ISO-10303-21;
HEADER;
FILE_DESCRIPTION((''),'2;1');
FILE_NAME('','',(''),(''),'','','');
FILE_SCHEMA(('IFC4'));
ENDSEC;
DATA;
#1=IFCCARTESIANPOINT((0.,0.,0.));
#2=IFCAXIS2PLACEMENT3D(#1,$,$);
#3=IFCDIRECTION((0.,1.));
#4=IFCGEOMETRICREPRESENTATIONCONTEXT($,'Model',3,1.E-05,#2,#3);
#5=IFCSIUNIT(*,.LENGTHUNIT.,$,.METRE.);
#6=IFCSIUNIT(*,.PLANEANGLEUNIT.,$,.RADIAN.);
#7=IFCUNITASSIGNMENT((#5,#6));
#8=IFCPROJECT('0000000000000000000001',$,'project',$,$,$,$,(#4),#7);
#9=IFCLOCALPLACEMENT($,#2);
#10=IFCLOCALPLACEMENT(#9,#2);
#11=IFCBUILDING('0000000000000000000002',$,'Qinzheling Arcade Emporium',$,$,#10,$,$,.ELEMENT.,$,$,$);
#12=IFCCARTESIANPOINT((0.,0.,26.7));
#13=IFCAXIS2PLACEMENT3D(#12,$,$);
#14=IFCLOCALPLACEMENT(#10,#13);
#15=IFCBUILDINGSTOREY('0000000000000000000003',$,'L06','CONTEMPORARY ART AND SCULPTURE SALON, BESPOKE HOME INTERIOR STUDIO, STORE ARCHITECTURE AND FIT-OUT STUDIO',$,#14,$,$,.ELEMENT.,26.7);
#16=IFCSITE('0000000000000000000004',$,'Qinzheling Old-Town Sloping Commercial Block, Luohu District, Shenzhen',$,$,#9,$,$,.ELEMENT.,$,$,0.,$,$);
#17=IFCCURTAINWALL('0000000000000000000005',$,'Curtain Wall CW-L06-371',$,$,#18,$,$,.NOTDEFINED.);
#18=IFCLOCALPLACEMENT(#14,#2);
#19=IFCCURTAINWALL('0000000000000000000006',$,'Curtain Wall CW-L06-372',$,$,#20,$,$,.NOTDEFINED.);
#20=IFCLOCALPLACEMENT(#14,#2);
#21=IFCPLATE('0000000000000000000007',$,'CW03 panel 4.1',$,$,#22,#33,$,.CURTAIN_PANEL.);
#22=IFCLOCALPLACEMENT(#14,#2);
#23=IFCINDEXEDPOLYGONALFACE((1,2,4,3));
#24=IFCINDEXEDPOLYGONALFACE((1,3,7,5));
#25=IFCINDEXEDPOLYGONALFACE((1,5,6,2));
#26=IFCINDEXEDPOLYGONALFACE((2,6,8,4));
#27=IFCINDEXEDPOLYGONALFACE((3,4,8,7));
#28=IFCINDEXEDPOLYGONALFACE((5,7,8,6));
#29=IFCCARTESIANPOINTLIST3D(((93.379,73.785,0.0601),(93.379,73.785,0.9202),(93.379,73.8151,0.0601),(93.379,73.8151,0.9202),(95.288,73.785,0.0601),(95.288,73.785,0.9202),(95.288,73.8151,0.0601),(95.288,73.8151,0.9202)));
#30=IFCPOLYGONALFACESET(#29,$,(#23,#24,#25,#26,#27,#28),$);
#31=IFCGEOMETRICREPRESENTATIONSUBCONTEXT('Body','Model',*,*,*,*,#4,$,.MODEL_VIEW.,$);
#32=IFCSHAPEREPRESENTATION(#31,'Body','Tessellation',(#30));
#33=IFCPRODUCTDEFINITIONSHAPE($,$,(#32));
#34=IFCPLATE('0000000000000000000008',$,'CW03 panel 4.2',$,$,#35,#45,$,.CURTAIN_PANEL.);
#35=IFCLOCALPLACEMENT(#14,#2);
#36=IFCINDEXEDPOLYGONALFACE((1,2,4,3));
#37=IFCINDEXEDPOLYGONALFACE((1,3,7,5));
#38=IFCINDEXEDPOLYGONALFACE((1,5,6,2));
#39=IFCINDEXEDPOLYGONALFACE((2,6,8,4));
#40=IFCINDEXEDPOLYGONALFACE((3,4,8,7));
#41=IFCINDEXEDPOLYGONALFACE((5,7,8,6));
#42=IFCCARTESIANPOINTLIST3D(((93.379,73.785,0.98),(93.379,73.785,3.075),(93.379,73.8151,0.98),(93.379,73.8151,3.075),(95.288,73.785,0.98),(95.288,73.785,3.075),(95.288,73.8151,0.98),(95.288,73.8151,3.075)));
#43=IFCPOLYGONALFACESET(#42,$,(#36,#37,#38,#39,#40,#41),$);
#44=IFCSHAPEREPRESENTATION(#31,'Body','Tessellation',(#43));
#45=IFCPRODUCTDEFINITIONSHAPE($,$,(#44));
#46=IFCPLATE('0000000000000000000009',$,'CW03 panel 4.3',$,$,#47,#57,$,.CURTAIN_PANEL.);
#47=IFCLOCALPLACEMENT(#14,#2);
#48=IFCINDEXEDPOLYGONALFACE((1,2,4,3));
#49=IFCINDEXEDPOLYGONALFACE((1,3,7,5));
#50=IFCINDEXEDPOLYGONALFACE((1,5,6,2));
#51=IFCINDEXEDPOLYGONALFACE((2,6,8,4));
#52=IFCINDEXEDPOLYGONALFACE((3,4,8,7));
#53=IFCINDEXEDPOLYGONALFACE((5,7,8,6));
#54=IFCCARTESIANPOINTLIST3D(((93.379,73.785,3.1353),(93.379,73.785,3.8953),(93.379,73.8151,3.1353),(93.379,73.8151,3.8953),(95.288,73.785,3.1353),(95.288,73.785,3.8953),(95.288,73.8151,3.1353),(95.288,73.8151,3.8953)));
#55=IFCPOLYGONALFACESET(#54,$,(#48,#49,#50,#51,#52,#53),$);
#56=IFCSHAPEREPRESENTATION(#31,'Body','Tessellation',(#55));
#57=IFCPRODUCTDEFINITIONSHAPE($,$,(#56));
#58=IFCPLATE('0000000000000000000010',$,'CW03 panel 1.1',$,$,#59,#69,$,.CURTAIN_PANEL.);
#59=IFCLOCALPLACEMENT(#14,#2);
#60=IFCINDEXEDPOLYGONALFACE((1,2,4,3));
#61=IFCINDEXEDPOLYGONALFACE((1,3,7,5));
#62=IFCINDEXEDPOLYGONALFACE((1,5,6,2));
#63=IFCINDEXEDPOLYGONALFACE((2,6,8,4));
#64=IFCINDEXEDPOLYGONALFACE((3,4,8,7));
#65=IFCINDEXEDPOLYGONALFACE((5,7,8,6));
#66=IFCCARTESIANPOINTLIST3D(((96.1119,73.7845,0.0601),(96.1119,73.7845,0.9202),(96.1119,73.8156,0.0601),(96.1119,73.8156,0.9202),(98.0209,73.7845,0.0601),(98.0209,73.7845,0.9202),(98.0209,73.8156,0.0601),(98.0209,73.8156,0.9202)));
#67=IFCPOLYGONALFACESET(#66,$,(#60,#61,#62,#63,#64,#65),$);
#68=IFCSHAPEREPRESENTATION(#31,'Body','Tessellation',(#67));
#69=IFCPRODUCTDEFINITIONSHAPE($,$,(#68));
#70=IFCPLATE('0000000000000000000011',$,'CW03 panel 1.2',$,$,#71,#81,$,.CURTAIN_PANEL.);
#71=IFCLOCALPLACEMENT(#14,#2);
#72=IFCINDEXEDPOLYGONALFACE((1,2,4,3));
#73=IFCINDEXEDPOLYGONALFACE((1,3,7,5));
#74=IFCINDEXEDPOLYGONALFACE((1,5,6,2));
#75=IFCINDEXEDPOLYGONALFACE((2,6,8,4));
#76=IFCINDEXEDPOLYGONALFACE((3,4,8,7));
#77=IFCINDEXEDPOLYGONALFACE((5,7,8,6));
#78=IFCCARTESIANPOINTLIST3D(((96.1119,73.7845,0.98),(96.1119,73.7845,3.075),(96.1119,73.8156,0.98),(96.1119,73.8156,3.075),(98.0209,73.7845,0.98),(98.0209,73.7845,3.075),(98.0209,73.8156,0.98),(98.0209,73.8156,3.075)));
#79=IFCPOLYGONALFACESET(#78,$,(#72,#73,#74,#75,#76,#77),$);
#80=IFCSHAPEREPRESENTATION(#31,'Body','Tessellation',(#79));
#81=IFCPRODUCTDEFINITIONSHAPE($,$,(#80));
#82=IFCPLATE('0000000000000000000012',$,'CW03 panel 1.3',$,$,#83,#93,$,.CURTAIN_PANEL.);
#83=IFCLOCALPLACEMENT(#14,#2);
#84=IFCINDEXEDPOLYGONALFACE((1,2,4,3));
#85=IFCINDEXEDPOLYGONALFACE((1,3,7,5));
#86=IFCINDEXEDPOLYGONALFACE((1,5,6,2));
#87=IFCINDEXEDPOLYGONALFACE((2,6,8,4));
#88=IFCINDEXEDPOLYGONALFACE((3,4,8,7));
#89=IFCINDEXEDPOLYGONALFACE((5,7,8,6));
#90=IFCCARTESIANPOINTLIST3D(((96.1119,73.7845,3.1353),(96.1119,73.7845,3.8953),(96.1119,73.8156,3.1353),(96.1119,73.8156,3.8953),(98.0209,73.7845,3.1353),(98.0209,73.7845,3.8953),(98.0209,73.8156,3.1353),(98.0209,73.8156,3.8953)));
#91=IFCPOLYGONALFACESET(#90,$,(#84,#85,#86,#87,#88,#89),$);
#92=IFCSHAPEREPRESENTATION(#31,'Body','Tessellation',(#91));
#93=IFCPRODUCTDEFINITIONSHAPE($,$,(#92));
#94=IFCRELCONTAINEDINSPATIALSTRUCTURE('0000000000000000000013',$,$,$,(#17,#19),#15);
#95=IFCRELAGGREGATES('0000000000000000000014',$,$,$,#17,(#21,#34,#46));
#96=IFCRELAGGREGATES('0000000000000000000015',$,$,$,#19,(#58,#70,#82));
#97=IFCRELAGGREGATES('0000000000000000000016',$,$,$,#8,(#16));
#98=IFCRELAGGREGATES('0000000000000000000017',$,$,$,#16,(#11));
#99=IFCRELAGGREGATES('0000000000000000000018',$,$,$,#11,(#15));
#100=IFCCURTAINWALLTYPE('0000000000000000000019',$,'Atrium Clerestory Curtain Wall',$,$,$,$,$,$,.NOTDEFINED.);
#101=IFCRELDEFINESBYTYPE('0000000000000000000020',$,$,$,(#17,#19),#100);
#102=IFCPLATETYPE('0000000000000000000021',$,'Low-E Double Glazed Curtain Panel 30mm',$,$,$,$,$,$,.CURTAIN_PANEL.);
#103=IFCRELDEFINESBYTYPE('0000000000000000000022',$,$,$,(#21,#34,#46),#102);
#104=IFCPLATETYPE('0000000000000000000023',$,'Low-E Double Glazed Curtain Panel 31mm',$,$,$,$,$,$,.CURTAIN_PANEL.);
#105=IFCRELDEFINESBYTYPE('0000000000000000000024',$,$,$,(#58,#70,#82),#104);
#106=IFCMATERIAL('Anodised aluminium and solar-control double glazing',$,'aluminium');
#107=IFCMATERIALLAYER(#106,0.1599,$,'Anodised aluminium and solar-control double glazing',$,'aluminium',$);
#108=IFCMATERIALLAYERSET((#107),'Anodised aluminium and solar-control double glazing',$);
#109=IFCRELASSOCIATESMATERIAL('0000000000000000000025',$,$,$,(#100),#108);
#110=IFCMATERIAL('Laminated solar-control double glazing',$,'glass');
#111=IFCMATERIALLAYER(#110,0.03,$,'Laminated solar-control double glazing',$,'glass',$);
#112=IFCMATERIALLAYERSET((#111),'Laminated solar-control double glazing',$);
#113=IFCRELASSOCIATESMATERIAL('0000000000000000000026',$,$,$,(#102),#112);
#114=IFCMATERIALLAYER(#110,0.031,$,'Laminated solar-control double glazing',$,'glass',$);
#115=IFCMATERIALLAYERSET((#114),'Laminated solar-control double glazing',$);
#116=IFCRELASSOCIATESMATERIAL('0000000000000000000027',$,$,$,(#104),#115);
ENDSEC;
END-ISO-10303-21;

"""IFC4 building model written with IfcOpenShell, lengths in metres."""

from ifc_helpers import new_model, si_unit, direction, frame, origin, origin_2d, place, context, subcontext, project, spatial, rectangle, extrude, material, layer, layer_set, type_object, element, aggregate, save


model = new_model("IFC4")

# Units and contexts
model_context = context("Model", 3, precision=1e-05, world=origin(), true_north=direction((0.0, 1.0)))
body_context = subcontext(model_context, "Body", "Model", "MODEL_VIEW")
ifc_project = project(units=[si_unit("LENGTHUNIT", "METRE"), si_unit("PLANEANGLEUNIT", "RADIAN")], contexts=[model_context])

# Site, building, storey
site_placement = place(None, origin())
site = spatial("IfcSite", under=ifc_project, at=site_placement, Name="Qinzheling Old-Town Sloping Commercial Block, Luohu District, Shenzhen", CompositionType="ELEMENT", RefElevation=0.0)
building_placement = place(site_placement, origin())
building = spatial("IfcBuilding", under=site, at=building_placement, Name="Qinzheling Arcade Emporium", CompositionType="ELEMENT")
storey_placement = place(building_placement, frame((0.0, 0.0, 26.7)))
storey = spatial("IfcBuildingStorey", under=building, at=storey_placement, Name="L06", Description="CONTEMPORARY ART AND SCULPTURE SALON, BESPOKE HOME INTERIOR STUDIO, STORE ARCHITECTURE AND FIT-OUT STUDIO", CompositionType="ELEMENT", Elevation=26.7)

# Curtain walls
ifc_material_1 = material(Name="Anodised aluminium and solar-control double glazing", Category="aluminium")
ifc_layer_1 = layer(ifc_material_1, 0.1599, Name="Anodised aluminium and solar-control double glazing", Category="aluminium")
ifc_layer_set_1 = layer_set([ifc_layer_1], Name="Anodised aluminium and solar-control double glazing")
curtain_wall_type = type_object("IfcCurtainWallType", Name="Atrium Clerestory Curtain Wall", PredefinedType="NOTDEFINED", material=ifc_layer_set_1)
curtain_wall_1_placement = place(storey_placement, origin())
curtain_wall_1 = element("IfcCurtainWall", 1, at=curtain_wall_1_placement, inside=storey, type_object=curtain_wall_type, Name="Curtain Wall CW-L06-371", PredefinedType="NOTDEFINED")
curtain_wall_2_placement = place(storey_placement, origin())
curtain_wall_2 = element("IfcCurtainWall", 2, at=curtain_wall_2_placement, inside=storey, type_object=curtain_wall_type, Name="Curtain Wall CW-L06-372", PredefinedType="NOTDEFINED")

# Plates
ifc_material_2 = material(Name="Laminated solar-control double glazing", Category="glass")
ifc_layer_2 = layer(ifc_material_2, 0.03, Name="Laminated solar-control double glazing", Category="glass")
ifc_layer_set_2 = layer_set([ifc_layer_2], Name="Laminated solar-control double glazing")
plate_type_1 = type_object("IfcPlateType", Name="Low-E Double Glazed Curtain Panel 30mm", PredefinedType="CURTAIN_PANEL", material=ifc_layer_set_2)
plate_1_placement = place(storey_placement, frame((94.3335, 73.8, 0.0601), z_axis=(0.0, 0.0, 1.0), x_axis=(1.0, 0.0, 0.0)))
plate_1 = element("IfcPlate", 3, at=plate_1_placement, type_object=plate_type_1, Name="CW03 panel 4.1", PredefinedType="CURTAIN_PANEL", context=body_context, shape_type="SweptSolid", body=[
    extrude(rectangle(XDim=1.9089, YDim=0.03, at=origin_2d()), origin(), (0.0, 0.0, 1.0), 0.8601),
])
plate_2_placement = place(storey_placement, frame((94.3335, 73.8, 0.98), z_axis=(0.0, 0.0, 1.0), x_axis=(1.0, 0.0, 0.0)))
plate_2 = element("IfcPlate", 4, at=plate_2_placement, type_object=plate_type_1, Name="CW03 panel 4.2", PredefinedType="CURTAIN_PANEL", context=body_context, shape_type="SweptSolid", body=[
    extrude(rectangle(XDim=1.9089, YDim=0.03, at=origin_2d()), origin(), (0.0, 0.0, 1.0), 2.095),
])
plate_3_placement = place(storey_placement, frame((94.3335, 73.8, 3.1353), z_axis=(0.0, 0.0, 1.0), x_axis=(1.0, 0.0, 0.0)))
plate_3 = element("IfcPlate", 5, at=plate_3_placement, type_object=plate_type_1, Name="CW03 panel 4.3", PredefinedType="CURTAIN_PANEL", context=body_context, shape_type="SweptSolid", body=[
    extrude(rectangle(XDim=1.9089, YDim=0.03, at=origin_2d()), origin(), (0.0, 0.0, 1.0), 0.76),
])
aggregate(curtain_wall_1, [plate_1, plate_2, plate_3])
ifc_layer_3 = layer(ifc_material_2, 0.031, Name="Laminated solar-control double glazing", Category="glass")
ifc_layer_set_3 = layer_set([ifc_layer_3], Name="Laminated solar-control double glazing")
plate_type_2 = type_object("IfcPlateType", Name="Low-E Double Glazed Curtain Panel 31mm", PredefinedType="CURTAIN_PANEL", material=ifc_layer_set_3)
plate_4_placement = place(storey_placement, frame((97.0664, 73.8, 0.0601), z_axis=(0.0, 0.0, 1.0), x_axis=(1.0, 0.0, 0.0)))
plate_4 = element("IfcPlate", 6, at=plate_4_placement, type_object=plate_type_2, Name="CW03 panel 1.1", PredefinedType="CURTAIN_PANEL", context=body_context, shape_type="SweptSolid", body=[
    extrude(rectangle(XDim=1.9089, YDim=0.031, at=origin_2d()), origin(), (0.0, 0.0, 1.0), 0.8601),
])
plate_5_placement = place(storey_placement, frame((97.0664, 73.8, 0.98), z_axis=(0.0, 0.0, 1.0), x_axis=(1.0, 0.0, 0.0)))
plate_5 = element("IfcPlate", 7, at=plate_5_placement, type_object=plate_type_2, Name="CW03 panel 1.2", PredefinedType="CURTAIN_PANEL", context=body_context, shape_type="SweptSolid", body=[
    extrude(rectangle(XDim=1.9089, YDim=0.031, at=origin_2d()), origin(), (0.0, 0.0, 1.0), 2.095),
])
plate_6_placement = place(storey_placement, frame((97.0664, 73.8, 3.1353), z_axis=(0.0, 0.0, 1.0), x_axis=(1.0, 0.0, 0.0)))
plate_6 = element("IfcPlate", 8, at=plate_6_placement, type_object=plate_type_2, Name="CW03 panel 1.3", PredefinedType="CURTAIN_PANEL", context=body_context, shape_type="SweptSolid", body=[
    extrude(rectangle(XDim=1.9089, YDim=0.031, at=origin_2d()), origin(), (0.0, 0.0, 1.0), 0.76),
])
aggregate(curtain_wall_2, [plate_4, plate_5, plate_6])

save(model, "model.ifc")
